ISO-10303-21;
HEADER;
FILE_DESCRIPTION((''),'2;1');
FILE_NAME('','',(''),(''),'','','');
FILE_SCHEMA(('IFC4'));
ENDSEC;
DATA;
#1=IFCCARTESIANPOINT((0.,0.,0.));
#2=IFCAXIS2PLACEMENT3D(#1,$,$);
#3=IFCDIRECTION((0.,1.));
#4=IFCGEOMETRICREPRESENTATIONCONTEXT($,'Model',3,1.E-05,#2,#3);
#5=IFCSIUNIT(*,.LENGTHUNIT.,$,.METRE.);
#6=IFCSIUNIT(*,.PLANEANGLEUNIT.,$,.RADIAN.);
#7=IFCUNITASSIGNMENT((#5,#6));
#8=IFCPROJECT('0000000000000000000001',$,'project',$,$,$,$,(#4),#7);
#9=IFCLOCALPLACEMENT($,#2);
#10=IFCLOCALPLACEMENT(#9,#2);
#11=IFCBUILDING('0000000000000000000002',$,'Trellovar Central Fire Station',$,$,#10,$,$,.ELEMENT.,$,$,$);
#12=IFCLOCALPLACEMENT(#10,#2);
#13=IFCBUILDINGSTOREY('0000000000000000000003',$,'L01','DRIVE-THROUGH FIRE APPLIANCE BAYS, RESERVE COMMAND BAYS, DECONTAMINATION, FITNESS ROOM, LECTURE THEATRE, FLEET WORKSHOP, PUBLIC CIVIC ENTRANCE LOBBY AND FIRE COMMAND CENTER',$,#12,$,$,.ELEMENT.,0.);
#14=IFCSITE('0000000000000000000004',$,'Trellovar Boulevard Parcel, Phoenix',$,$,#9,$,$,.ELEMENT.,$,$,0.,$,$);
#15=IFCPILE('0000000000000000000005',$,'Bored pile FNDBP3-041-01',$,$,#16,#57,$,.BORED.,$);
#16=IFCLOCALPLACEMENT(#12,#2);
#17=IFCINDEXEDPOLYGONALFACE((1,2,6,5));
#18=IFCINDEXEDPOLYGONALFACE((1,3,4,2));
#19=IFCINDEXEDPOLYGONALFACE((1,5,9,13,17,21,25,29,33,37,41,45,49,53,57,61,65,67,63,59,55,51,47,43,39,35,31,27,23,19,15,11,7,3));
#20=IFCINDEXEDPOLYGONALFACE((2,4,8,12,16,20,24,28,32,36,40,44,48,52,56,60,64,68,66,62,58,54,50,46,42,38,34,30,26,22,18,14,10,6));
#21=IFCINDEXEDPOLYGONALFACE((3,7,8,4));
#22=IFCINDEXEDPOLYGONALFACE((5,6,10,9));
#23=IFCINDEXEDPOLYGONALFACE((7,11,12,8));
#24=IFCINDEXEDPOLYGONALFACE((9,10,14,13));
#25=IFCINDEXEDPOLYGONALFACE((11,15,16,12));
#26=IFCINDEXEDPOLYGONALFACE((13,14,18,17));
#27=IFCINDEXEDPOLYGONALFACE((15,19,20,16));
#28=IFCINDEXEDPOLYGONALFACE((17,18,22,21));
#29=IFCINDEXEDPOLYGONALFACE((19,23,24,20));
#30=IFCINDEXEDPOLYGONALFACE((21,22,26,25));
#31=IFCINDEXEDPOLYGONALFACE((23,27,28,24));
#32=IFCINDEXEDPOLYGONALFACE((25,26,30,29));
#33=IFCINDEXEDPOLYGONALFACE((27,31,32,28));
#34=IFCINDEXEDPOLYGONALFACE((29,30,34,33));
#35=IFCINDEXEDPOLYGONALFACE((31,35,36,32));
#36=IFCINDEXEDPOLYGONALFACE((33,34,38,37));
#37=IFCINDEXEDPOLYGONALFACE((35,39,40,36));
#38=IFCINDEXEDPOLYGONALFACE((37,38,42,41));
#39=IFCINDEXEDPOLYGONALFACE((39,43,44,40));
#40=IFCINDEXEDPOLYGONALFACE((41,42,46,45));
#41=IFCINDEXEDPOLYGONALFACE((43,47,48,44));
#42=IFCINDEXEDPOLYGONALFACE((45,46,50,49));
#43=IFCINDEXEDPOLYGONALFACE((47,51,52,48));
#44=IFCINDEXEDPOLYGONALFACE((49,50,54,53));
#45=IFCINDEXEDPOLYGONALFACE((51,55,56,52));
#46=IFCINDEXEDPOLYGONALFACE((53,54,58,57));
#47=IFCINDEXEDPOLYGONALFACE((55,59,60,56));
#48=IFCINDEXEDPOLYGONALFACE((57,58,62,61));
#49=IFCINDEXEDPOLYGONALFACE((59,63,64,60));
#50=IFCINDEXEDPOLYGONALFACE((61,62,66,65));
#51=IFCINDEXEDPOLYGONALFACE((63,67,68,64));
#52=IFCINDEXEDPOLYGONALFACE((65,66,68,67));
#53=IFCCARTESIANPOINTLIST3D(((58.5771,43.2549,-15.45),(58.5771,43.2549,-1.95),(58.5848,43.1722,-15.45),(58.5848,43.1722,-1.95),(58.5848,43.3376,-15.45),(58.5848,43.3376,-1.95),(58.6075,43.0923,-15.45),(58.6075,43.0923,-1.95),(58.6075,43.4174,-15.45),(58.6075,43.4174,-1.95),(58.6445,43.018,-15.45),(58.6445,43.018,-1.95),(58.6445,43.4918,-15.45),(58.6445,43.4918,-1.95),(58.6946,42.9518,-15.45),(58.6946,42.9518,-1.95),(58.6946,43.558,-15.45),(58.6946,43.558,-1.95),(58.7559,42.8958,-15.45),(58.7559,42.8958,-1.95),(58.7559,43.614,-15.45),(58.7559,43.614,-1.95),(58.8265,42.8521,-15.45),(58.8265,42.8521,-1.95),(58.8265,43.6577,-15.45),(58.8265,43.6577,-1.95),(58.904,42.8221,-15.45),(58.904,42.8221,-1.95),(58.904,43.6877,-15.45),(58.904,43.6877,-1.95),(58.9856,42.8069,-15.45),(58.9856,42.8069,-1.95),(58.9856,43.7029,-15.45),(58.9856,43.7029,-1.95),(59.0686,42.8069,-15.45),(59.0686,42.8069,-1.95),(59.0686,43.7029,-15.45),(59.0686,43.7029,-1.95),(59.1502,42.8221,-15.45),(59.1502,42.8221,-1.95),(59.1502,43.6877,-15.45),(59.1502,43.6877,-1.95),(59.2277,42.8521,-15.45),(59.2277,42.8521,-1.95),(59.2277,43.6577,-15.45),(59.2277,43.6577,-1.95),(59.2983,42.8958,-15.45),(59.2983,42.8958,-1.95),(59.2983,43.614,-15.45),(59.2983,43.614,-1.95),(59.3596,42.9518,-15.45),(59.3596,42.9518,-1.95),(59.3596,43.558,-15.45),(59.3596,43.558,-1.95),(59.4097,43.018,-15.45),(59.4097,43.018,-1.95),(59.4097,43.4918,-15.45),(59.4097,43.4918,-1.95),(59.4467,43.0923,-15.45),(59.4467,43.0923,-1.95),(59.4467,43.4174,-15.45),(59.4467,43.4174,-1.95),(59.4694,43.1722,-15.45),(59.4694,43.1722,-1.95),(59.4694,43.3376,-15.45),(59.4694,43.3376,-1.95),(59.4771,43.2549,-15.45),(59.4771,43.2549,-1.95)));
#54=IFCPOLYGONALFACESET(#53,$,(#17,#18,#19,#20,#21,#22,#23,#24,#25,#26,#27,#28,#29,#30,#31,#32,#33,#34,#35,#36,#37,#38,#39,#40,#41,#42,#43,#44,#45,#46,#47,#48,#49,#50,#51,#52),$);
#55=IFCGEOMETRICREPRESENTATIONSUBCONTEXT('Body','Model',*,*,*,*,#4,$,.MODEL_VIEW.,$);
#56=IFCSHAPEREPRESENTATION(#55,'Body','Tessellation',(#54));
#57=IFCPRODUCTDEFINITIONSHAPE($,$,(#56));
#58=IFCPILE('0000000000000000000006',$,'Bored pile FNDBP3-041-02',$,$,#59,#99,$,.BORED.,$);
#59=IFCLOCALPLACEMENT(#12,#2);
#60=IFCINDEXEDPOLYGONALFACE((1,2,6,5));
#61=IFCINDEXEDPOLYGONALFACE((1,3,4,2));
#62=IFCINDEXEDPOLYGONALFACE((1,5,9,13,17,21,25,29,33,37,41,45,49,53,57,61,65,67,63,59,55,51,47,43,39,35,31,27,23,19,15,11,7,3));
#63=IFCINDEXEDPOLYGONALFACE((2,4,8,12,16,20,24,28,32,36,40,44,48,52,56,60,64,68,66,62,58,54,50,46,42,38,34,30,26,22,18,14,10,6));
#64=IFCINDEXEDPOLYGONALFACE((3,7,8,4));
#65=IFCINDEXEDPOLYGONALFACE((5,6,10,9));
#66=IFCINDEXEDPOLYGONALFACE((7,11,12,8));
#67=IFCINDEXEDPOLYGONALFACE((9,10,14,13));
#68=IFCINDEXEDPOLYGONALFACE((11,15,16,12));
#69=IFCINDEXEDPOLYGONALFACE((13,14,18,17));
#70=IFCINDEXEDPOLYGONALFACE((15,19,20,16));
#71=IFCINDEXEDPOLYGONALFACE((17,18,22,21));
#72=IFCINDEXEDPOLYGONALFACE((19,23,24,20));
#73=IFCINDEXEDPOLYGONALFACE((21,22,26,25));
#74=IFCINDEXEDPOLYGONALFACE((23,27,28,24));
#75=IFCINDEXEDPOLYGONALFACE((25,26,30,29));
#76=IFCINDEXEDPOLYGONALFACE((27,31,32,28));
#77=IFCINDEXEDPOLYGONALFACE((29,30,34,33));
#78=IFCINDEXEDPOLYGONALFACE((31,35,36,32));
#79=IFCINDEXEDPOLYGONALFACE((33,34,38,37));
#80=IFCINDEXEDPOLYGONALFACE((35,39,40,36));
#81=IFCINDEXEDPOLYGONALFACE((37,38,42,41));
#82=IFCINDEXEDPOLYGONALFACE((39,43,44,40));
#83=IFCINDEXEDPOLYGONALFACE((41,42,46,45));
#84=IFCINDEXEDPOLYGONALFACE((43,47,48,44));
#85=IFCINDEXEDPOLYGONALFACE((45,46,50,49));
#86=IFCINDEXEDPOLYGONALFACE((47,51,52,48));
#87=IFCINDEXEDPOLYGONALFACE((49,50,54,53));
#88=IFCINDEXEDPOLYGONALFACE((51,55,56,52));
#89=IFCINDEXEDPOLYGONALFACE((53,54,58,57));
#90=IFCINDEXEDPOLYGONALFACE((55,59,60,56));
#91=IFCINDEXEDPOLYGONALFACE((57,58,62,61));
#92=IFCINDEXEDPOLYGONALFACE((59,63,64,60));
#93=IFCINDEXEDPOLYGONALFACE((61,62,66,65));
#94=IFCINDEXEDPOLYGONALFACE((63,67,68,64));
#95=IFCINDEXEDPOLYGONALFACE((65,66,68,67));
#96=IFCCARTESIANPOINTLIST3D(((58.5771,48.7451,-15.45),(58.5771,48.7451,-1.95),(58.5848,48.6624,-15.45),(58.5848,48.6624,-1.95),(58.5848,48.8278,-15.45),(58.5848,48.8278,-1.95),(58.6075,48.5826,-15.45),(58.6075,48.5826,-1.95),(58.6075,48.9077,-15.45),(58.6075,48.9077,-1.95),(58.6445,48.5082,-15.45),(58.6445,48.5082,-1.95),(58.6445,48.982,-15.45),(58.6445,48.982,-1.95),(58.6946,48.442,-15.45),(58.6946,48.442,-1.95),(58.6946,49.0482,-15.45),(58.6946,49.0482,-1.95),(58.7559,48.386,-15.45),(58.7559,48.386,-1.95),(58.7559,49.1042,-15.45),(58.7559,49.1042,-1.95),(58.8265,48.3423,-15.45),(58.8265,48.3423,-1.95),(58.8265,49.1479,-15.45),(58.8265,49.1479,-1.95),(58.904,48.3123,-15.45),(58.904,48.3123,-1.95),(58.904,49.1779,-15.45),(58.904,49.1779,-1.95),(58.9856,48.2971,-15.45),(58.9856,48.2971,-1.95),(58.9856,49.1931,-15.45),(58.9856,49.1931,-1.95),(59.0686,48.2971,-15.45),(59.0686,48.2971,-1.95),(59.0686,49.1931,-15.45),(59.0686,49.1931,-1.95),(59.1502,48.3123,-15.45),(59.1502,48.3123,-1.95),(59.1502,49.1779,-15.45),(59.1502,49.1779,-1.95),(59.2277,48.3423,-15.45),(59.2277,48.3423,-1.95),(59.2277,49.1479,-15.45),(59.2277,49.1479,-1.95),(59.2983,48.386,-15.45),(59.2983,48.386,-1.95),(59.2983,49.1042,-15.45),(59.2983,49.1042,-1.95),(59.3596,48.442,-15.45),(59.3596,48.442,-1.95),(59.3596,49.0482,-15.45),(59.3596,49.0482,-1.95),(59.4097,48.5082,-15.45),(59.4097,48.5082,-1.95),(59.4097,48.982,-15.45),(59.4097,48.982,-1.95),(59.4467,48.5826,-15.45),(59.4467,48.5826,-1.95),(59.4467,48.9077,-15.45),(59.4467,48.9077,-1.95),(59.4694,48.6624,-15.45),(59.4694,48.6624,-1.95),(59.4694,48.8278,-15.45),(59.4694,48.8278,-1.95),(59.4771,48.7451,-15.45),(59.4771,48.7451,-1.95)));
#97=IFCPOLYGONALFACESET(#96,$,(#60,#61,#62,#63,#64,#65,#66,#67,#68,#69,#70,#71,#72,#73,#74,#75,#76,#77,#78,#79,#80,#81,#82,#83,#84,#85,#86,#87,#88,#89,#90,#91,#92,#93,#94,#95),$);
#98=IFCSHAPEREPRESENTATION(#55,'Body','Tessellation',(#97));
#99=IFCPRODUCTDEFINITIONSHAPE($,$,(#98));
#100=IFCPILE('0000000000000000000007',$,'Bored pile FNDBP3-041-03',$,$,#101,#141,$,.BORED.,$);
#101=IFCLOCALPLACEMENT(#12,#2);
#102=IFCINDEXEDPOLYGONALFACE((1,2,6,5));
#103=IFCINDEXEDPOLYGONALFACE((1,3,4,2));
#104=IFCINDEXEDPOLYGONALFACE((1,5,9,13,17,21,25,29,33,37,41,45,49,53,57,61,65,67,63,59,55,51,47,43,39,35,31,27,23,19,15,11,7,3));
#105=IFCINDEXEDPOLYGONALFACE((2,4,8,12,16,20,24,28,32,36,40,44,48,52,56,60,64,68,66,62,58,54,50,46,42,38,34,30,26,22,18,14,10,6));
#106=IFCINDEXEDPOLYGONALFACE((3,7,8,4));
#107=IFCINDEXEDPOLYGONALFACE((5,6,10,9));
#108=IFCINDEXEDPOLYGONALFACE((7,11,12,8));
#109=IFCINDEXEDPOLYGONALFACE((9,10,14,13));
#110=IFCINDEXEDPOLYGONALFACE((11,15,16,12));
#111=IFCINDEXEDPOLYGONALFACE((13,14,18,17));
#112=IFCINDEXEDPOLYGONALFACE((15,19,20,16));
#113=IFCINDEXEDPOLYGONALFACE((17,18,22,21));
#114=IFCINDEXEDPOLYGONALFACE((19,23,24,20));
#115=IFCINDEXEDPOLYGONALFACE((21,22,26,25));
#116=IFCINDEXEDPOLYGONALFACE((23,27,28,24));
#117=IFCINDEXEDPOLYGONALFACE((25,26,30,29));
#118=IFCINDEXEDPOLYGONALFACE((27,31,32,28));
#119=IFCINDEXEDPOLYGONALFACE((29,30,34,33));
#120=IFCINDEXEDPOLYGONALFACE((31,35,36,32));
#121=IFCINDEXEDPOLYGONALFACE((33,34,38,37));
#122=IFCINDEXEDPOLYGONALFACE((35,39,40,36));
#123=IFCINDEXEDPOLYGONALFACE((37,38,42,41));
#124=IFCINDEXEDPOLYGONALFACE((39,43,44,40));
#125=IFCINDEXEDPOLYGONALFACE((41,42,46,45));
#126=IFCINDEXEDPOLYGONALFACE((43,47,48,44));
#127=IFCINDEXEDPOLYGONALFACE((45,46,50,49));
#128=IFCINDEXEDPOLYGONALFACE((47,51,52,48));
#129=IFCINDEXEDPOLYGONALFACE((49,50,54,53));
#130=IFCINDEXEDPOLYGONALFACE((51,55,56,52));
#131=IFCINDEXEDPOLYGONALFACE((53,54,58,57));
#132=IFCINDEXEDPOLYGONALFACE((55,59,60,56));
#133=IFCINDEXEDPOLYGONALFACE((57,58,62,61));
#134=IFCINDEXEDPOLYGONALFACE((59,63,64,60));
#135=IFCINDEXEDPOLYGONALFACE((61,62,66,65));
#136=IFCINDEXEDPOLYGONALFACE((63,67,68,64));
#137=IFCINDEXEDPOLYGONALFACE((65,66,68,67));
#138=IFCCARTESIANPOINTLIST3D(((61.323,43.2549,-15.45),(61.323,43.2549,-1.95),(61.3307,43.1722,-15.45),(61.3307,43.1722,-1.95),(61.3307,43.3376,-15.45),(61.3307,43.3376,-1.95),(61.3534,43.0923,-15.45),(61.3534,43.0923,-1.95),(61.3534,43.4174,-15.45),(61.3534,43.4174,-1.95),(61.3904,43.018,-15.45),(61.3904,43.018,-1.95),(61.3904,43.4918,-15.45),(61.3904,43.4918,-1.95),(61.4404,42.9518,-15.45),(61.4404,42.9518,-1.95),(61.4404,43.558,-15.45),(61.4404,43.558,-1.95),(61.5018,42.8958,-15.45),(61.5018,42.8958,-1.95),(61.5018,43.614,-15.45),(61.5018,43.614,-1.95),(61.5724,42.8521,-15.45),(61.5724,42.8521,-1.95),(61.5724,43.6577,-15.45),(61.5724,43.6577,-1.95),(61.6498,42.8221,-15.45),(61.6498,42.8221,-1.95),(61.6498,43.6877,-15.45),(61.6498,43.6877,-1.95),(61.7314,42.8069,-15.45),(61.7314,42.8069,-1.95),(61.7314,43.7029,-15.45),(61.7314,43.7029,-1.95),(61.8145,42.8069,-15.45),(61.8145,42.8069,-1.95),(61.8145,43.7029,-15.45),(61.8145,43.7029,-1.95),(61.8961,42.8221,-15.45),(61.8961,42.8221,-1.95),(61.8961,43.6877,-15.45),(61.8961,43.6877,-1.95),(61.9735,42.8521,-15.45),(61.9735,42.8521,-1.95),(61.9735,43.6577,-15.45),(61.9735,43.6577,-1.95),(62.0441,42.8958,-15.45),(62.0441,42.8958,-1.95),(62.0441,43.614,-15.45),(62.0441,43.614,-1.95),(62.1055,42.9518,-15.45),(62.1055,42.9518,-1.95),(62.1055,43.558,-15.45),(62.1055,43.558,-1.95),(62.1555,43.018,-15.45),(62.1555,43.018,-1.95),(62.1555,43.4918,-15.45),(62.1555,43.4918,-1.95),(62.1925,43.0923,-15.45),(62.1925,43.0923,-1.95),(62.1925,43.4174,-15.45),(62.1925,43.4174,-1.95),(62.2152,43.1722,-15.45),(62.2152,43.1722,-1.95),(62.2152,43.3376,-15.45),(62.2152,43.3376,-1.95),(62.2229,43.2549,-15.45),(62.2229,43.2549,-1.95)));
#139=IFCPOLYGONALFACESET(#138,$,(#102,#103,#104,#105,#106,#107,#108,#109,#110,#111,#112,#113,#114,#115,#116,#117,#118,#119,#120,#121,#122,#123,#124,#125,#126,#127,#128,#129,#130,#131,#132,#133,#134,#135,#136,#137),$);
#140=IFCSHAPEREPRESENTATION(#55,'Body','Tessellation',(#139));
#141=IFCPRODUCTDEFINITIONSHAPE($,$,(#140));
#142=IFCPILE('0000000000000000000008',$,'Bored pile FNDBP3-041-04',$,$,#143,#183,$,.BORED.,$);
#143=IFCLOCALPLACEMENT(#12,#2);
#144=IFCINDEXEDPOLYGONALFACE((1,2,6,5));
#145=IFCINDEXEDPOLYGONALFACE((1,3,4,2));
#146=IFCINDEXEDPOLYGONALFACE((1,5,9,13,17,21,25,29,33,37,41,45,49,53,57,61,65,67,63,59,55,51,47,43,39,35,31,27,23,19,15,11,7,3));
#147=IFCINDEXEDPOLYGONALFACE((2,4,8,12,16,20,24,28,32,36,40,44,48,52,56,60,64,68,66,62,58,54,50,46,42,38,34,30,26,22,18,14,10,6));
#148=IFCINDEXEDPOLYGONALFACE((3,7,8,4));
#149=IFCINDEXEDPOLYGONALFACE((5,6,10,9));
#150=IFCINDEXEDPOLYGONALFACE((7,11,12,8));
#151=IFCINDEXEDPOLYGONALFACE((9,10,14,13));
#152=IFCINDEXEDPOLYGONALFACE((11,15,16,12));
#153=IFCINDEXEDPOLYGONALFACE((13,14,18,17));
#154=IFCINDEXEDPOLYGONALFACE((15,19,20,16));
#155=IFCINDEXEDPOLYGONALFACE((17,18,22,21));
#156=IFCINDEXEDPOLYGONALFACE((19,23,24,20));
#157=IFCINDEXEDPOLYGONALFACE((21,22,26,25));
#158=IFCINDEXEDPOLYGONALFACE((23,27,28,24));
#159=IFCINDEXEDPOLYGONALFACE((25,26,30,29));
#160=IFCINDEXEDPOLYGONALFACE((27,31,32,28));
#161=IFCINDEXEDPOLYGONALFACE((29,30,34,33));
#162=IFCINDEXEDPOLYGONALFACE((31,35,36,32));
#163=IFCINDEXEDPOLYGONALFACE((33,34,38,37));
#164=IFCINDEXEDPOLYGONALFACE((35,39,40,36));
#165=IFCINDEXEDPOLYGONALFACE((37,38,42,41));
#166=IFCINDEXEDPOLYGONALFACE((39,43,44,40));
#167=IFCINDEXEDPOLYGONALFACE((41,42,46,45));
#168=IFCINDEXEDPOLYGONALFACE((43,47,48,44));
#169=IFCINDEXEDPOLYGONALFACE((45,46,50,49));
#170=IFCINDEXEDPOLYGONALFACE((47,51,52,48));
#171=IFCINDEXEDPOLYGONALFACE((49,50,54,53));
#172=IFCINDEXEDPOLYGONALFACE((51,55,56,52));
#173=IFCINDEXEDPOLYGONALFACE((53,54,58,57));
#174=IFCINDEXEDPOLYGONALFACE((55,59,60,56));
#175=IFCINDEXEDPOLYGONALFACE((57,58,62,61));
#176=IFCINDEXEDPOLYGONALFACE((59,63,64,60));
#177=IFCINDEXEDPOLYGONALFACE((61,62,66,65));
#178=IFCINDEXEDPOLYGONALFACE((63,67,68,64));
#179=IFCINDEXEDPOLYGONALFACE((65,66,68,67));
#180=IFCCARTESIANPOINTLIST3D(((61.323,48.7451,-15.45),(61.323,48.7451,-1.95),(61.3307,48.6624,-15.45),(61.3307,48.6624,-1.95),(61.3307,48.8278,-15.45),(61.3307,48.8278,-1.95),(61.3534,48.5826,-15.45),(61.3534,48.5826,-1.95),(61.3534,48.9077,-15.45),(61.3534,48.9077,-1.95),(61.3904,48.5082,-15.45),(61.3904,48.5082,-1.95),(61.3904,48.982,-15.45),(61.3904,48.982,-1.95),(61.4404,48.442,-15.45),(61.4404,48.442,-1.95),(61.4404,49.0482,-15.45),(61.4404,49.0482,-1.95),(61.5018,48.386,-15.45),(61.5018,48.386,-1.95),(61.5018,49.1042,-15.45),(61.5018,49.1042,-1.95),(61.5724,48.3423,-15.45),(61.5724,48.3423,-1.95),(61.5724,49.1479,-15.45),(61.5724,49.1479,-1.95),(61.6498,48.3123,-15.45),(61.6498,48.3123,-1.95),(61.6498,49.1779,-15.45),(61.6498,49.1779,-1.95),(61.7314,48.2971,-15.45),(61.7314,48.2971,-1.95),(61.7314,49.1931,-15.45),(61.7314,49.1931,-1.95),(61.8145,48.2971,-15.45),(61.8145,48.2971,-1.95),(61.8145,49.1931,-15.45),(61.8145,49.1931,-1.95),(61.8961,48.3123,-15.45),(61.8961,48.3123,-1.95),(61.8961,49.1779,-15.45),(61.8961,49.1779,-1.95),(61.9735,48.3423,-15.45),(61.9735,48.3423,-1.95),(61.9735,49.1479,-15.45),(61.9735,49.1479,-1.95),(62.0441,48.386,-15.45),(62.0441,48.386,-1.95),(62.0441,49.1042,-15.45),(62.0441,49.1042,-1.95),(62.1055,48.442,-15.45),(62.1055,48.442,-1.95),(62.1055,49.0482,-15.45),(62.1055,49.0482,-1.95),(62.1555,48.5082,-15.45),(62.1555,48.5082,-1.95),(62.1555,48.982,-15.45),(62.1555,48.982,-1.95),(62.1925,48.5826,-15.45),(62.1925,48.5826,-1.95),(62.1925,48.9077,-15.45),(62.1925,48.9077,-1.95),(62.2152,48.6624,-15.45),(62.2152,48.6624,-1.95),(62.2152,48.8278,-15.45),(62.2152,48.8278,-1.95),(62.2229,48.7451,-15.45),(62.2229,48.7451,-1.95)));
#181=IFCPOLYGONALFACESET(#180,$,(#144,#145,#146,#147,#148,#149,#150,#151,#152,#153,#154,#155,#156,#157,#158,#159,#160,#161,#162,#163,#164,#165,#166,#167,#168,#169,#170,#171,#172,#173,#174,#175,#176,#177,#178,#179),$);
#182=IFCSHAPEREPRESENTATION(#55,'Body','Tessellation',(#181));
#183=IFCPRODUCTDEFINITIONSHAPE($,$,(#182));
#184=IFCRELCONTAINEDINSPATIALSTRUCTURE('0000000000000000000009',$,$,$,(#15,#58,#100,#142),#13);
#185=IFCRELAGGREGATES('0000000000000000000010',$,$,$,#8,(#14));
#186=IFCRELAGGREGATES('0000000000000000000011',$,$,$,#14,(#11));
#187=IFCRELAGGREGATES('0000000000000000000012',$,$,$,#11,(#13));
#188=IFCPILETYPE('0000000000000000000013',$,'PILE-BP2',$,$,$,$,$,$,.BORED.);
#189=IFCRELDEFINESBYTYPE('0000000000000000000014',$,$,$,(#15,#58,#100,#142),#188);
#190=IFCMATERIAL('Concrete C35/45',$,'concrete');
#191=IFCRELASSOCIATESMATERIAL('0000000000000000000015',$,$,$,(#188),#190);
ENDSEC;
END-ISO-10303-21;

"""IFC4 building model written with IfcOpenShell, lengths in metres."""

from ifc_helpers import new_model, si_unit, direction, frame, origin, origin_2d, place, context, subcontext, project, spatial, circle, extrude, material, material_profile, profile_set, type_object, element, save


model = new_model("IFC4")

# Units and contexts
model_context = context("Model", 3, precision=1e-05, world=origin(), true_north=direction((0.0, 1.0)))
body_context = subcontext(model_context, "Body", "Model", "MODEL_VIEW")
ifc_project = project(units=[si_unit("LENGTHUNIT", "METRE"), si_unit("PLANEANGLEUNIT", "RADIAN")], contexts=[model_context])

# Site, building, storey
site_placement = place(None, origin())
site = spatial("IfcSite", under=ifc_project, at=site_placement, Name="Trellovar Boulevard Parcel, Phoenix", CompositionType="ELEMENT", RefElevation=0.0)
building_placement = place(site_placement, origin())
building = spatial("IfcBuilding", under=site, at=building_placement, Name="Trellovar Central Fire Station", CompositionType="ELEMENT")
storey_placement = place(building_placement, origin())
storey = spatial("IfcBuildingStorey", under=building, at=storey_placement, Name="L01", Description="DRIVE-THROUGH FIRE APPLIANCE BAYS, RESERVE COMMAND BAYS, DECONTAMINATION, FITNESS ROOM, LECTURE THEATRE, FLEET WORKSHOP, PUBLIC CIVIC ENTRANCE LOBBY AND FIRE COMMAND CENTER", CompositionType="ELEMENT", Elevation=0.0)

# Piles
ifc_material_1 = material(Name="Concrete C35/45", Category="concrete")
ifc_material_profile_1 = material_profile(ifc_material_1, circle(Radius=0.45, at=origin_2d()), Name="PILE900")
ifc_profile_set_1 = profile_set([ifc_material_profile_1], Name="Concrete C35/45")
pile_type = type_object("IfcPileType", Name="PILE-BP2", PredefinedType="BORED", material=ifc_profile_set_1)
for number, where, z_axis, x_axis, name in (
    (1, (59.0271, 43.2549, -1.95), (0.0, 0.0, -1.0), (1.0, 0.0, 0.0), "Bored pile FNDBP3-041-01"),
    (2, (59.0271, 48.7451, -1.95), (0.0, 0.0, -1.0), (1.0, 0.0, 0.0), "Bored pile FNDBP3-041-02"),
    (3, (61.7729, 43.2549, -1.95), (0.0, 0.0, -1.0), (1.0, 0.0, 0.0), "Bored pile FNDBP3-041-03"),
    (4, (61.7729, 48.7451, -1.95), (0.0, 0.0, -1.0), (1.0, 0.0, 0.0), "Bored pile FNDBP3-041-04"),
):
    element("IfcPile", number, at=place(storey_placement, frame(where, z_axis=z_axis, x_axis=x_axis)), inside=storey, type_object=pile_type, Name=name, PredefinedType="BORED", context=body_context, shape_type="SweptSolid", body=[
        extrude(circle(Radius=0.45, at=origin_2d()), origin(), (0.0, 0.0, 1.0), 13.5),
    ])

save(model, "model.ifc")
